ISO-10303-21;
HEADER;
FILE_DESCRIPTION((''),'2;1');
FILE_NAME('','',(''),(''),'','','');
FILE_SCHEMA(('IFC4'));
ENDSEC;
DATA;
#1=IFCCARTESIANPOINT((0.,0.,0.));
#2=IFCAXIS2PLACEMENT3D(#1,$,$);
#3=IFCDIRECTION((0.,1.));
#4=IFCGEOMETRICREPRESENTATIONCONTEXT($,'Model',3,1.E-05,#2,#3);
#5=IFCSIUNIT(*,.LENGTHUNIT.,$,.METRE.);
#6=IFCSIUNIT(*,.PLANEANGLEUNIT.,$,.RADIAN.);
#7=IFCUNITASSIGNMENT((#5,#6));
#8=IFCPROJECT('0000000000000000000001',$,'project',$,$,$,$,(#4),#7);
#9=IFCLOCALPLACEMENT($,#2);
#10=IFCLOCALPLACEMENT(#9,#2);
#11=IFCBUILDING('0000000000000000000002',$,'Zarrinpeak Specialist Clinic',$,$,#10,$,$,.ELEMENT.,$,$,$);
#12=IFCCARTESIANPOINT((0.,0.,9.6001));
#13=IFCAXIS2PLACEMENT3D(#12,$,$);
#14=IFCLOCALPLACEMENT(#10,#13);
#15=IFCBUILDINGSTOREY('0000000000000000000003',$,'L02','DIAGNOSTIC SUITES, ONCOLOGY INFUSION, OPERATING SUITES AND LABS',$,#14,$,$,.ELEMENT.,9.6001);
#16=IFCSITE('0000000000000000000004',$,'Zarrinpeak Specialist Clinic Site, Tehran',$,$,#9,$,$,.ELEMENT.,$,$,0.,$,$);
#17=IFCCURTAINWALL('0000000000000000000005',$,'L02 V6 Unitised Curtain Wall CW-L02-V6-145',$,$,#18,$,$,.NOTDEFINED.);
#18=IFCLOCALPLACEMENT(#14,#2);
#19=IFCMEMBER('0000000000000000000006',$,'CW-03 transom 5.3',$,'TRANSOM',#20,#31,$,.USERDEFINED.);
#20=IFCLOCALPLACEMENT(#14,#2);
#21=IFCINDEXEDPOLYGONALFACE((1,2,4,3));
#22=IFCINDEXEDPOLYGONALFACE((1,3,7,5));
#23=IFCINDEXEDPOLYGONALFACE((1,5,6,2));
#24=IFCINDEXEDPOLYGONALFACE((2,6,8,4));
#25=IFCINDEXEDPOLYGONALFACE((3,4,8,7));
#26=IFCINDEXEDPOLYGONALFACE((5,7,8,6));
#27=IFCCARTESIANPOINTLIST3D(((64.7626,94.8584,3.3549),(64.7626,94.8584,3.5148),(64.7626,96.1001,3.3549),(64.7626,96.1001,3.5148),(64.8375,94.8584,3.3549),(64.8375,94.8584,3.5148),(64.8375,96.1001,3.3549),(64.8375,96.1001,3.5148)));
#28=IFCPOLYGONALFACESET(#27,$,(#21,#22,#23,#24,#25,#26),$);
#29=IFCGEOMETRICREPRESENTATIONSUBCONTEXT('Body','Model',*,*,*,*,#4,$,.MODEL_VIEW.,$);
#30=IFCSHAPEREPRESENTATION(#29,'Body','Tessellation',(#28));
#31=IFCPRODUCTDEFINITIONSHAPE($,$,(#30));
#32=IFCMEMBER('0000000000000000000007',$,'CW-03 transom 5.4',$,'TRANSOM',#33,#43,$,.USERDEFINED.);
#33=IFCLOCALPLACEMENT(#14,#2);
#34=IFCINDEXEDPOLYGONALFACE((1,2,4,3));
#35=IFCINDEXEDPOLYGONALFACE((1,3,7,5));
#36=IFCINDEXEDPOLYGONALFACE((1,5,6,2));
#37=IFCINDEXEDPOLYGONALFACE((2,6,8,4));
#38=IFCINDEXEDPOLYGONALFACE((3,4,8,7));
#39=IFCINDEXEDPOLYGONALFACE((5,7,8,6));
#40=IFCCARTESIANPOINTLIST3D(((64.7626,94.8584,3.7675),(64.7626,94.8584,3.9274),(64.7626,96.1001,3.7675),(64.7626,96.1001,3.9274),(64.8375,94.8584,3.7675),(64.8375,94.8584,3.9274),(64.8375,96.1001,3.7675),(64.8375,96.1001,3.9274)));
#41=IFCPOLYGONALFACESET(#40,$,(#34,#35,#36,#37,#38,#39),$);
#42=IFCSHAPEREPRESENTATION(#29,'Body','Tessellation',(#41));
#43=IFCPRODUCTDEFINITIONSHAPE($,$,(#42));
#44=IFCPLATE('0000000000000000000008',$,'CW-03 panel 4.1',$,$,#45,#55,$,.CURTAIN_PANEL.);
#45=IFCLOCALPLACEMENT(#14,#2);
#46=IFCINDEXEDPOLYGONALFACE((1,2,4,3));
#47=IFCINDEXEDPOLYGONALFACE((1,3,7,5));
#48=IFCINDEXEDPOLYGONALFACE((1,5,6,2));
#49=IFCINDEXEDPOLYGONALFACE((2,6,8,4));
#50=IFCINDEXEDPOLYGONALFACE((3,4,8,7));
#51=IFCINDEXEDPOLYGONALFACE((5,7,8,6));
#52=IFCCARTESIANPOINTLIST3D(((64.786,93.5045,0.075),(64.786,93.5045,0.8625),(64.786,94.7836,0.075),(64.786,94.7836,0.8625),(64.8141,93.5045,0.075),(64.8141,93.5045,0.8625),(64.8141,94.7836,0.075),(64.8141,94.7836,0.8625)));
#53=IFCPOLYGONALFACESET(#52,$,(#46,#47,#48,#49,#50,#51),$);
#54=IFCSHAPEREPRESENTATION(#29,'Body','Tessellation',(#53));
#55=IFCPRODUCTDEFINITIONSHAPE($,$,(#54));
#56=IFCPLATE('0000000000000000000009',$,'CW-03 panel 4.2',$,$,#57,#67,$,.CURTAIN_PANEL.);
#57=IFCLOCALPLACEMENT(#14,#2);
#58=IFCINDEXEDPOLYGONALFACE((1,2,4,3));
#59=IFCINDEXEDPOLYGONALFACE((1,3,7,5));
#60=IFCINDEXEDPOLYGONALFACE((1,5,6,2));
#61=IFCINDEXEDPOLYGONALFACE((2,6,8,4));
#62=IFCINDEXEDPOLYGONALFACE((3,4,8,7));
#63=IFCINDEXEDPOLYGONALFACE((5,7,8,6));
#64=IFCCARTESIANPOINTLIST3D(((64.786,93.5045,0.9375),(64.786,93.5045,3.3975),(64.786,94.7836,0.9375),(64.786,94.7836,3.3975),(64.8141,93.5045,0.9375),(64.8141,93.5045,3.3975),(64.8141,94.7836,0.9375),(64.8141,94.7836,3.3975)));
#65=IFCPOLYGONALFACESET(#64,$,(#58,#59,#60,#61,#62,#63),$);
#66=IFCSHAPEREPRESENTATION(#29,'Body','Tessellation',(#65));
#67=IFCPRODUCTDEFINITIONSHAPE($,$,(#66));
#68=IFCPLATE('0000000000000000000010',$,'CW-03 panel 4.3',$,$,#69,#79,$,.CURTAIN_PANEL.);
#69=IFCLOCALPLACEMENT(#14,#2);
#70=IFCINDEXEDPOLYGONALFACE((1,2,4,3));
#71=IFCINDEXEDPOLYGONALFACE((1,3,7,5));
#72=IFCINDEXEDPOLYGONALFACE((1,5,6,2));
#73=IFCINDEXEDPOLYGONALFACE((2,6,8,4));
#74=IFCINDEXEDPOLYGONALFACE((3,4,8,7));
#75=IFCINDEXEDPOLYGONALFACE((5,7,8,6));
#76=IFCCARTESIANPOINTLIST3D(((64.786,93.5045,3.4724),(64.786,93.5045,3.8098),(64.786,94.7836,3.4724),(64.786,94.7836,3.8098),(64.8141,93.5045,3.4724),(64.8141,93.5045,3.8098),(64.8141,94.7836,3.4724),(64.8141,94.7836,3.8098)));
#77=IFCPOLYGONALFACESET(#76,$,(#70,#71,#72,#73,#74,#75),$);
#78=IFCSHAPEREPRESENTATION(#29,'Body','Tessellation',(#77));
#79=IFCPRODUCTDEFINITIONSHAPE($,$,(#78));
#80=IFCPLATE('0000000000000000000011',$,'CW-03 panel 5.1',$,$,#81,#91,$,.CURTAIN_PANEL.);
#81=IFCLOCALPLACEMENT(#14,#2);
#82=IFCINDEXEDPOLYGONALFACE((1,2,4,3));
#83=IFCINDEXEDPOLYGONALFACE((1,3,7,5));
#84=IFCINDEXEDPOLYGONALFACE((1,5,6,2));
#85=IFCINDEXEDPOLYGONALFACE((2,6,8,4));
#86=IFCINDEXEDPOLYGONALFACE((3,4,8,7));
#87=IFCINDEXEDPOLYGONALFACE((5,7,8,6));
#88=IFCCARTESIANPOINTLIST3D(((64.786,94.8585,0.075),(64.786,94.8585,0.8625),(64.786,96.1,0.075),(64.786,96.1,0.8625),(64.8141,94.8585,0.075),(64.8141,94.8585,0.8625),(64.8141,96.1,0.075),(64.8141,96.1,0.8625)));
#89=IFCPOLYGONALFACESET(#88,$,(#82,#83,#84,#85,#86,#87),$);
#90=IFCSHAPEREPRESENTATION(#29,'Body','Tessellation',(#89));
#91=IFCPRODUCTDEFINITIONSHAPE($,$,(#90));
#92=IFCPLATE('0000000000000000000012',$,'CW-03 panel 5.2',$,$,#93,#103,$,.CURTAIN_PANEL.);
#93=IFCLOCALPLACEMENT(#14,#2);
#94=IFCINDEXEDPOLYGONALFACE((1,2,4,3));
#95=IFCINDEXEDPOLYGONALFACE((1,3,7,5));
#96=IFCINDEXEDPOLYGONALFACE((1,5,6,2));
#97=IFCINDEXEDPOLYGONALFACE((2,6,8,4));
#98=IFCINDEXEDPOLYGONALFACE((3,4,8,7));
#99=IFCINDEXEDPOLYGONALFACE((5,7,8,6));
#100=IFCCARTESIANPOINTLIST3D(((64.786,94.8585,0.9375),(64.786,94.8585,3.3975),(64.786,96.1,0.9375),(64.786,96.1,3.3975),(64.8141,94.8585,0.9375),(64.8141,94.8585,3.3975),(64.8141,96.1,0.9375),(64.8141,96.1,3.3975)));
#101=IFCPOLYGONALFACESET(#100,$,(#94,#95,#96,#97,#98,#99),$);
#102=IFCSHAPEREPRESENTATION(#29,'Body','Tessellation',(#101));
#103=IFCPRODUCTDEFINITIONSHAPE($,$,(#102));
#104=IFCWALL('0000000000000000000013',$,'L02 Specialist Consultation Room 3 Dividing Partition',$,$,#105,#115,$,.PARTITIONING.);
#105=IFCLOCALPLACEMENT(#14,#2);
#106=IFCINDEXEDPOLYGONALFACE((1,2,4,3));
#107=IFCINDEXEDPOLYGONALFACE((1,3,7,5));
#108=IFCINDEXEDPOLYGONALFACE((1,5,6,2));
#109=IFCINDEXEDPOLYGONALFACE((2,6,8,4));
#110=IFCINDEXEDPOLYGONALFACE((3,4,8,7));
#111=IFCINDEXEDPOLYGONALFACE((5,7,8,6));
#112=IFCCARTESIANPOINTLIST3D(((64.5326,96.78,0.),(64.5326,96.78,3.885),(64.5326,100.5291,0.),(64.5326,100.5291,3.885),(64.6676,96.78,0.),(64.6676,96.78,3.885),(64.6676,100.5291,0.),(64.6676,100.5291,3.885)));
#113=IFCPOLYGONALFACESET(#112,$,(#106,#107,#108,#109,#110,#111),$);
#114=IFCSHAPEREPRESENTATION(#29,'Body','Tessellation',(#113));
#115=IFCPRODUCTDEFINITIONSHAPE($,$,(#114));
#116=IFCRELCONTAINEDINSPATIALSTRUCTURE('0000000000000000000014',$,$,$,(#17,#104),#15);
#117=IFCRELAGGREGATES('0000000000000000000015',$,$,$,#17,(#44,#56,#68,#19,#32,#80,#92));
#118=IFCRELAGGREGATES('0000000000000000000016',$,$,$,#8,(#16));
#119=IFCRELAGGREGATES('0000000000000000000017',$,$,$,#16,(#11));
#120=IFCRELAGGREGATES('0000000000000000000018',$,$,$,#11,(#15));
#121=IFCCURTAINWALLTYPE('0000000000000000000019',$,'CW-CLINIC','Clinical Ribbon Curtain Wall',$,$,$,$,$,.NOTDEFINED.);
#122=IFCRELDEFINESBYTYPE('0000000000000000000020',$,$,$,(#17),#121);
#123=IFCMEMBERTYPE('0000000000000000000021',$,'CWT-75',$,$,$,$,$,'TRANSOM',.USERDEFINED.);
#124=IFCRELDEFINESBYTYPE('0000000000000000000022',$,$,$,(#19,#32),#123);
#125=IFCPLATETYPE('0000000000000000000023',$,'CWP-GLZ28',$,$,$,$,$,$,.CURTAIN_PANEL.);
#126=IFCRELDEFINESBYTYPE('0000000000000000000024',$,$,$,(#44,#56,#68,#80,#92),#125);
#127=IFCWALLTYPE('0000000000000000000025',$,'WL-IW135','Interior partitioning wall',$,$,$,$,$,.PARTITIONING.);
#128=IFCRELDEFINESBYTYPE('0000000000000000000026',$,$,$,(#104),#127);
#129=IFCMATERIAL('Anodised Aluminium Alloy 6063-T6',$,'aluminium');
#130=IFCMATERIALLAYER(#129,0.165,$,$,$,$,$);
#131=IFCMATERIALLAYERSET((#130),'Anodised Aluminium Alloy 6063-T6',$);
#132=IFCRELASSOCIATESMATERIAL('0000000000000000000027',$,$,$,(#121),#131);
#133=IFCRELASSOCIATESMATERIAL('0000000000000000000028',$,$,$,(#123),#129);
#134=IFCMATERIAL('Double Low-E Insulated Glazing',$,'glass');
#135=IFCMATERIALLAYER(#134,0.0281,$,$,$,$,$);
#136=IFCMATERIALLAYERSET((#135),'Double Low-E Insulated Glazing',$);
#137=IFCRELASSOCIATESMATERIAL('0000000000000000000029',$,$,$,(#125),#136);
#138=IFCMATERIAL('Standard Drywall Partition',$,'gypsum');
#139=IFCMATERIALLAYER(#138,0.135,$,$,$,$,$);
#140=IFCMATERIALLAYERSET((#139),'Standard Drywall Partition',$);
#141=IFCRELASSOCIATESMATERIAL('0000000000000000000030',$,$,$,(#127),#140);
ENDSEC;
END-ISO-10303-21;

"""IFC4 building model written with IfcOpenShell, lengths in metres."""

from ifc_helpers import new_model, si_unit, direction, frame, frame_2d, origin, origin_2d, place, context, subcontext, project, spatial, rectangle, extrude, material, layer, layer_set, material_profile, profile_set, type_object, element, aggregate, save


model = new_model("IFC4")

# Units and contexts
model_context = context("Model", 3, precision=1e-05, world=origin(), true_north=direction((0.0, 1.0)))
body_context = subcontext(model_context, "Body", "Model", "MODEL_VIEW")
ifc_project = project(units=[si_unit("LENGTHUNIT", "METRE"), si_unit("PLANEANGLEUNIT", "RADIAN")], contexts=[model_context])

# Site, building, storey
site_placement = place(None, origin())
site = spatial("IfcSite", under=ifc_project, at=site_placement, Name="Zarrinpeak Specialist Clinic Site, Tehran", CompositionType="ELEMENT", RefElevation=0.0)
building_placement = place(site_placement, origin())
building = spatial("IfcBuilding", under=site, at=building_placement, Name="Zarrinpeak Specialist Clinic", CompositionType="ELEMENT")
storey_placement = place(building_placement, frame((0.0, 0.0, 9.6001)))
storey = spatial("IfcBuildingStorey", under=building, at=storey_placement, Name="L02", Description="DIAGNOSTIC SUITES, ONCOLOGY INFUSION, OPERATING SUITES AND LABS", CompositionType="ELEMENT", Elevation=9.6001)

# Curtain wall, members, plates
ifc_material_1 = material(Name="Anodised Aluminium Alloy 6063-T6", Category="aluminium")
ifc_layer_1 = layer(ifc_material_1, 0.165)
ifc_layer_set_1 = layer_set([ifc_layer_1], Name="Anodised Aluminium Alloy 6063-T6")
curtain_wall_type = type_object("IfcCurtainWallType", Name="CW-CLINIC", Description="Clinical Ribbon Curtain Wall", PredefinedType="NOTDEFINED", material=ifc_layer_set_1)
curtain_wall_placement = place(storey_placement, origin())
curtain_wall = element("IfcCurtainWall", 1, at=curtain_wall_placement, inside=storey, type_object=curtain_wall_type, Name="L02 V6 Unitised Curtain Wall CW-L02-V6-145", PredefinedType="NOTDEFINED")
ifc_material_profile_1 = material_profile(ifc_material_1, rectangle(XDim=0.075, YDim=0.1599, at=origin_2d()), Name="ALU 75x160")
ifc_profile_set_1 = profile_set([ifc_material_profile_1], Name="Anodised Aluminium Alloy 6063-T6")
member_type_1 = type_object("IfcMemberType", Name="CWT-75", ElementType="TRANSOM", PredefinedType="USERDEFINED", material=ifc_profile_set_1)
member_1_placement = place(storey_placement, frame((64.8, 94.8584, 3.4348), z_axis=(0.0, 1.0, 0.0), x_axis=(-1.0, 0.0, 0.0)))
member_1 = element("IfcMember", 2, at=member_1_placement, type_object=member_type_1, Name="CW-03 transom 5.3", ObjectType="TRANSOM", PredefinedType="USERDEFINED", context=body_context, shape_type="SweptSolid", body=[
    extrude(rectangle(XDim=0.075, YDim=0.1599, at=origin_2d()), origin(), (0.0, 0.0, 1.0), 1.2417),
])
member_2_placement = place(storey_placement, frame((64.8, 94.8584, 3.8474), z_axis=(0.0, 1.0, 0.0), x_axis=(-1.0, 0.0, 0.0)))
member_2 = element("IfcMember", 3, at=member_2_placement, type_object=member_type_1, Name="CW-03 transom 5.4", ObjectType="TRANSOM", PredefinedType="USERDEFINED", context=body_context, shape_type="SweptSolid", body=[
    extrude(rectangle(XDim=0.075, YDim=0.1599, at=origin_2d()), origin(), (0.0, 0.0, 1.0), 1.2417),
])
ifc_material_2 = material(Name="Double Low-E Insulated Glazing", Category="glass")
ifc_layer_2 = layer(ifc_material_2, 0.0281)
ifc_layer_set_2 = layer_set([ifc_layer_2], Name="Double Low-E Insulated Glazing")
plate_type = type_object("IfcPlateType", Name="CWP-GLZ28", PredefinedType="CURTAIN_PANEL", material=ifc_layer_set_2)
plate_1_placement = place(storey_placement, frame((64.8, 94.144, 0.075), z_axis=(0.0, 0.0, 1.0), x_axis=(0.0, 1.0, 0.0)))
plate_1 = element("IfcPlate", 4, at=plate_1_placement, type_object=plate_type, Name="CW-03 panel 4.1", PredefinedType="CURTAIN_PANEL", context=body_context, shape_type="SweptSolid", body=[
    extrude(rectangle(XDim=1.2791, YDim=0.0281, at=origin_2d()), origin(), (0.0, 0.0, 1.0), 0.7876),
])
plate_2_placement = place(storey_placement, frame((64.8, 94.144, 0.9375), z_axis=(0.0, 0.0, 1.0), x_axis=(0.0, 1.0, 0.0)))
plate_2 = element("IfcPlate", 5, at=plate_2_placement, type_object=plate_type, Name="CW-03 panel 4.2", PredefinedType="CURTAIN_PANEL", context=body_context, shape_type="SweptSolid", body=[
    extrude(rectangle(XDim=1.2791, YDim=0.0281, at=origin_2d()), origin(), (0.0, 0.0, 1.0), 2.46),
])
plate_3_placement = place(storey_placement, frame((64.8, 94.144, 3.4724), z_axis=(0.0, 0.0, 1.0), x_axis=(0.0, 1.0, 0.0)))
plate_3 = element("IfcPlate", 6, at=plate_3_placement, type_object=plate_type, Name="CW-03 panel 4.3", PredefinedType="CURTAIN_PANEL", context=body_context, shape_type="SweptSolid", body=[
    extrude(rectangle(XDim=1.2791, YDim=0.0281, at=origin_2d()), origin(), (0.0, 0.0, 1.0), 0.3374),
])
plate_4_placement = place(storey_placement, frame((64.8, 95.4792, 0.075), z_axis=(0.0, 0.0, 1.0), x_axis=(0.0, 1.0, 0.0)))
plate_4 = element("IfcPlate", 7, at=plate_4_placement, type_object=plate_type, Name="CW-03 panel 5.1", PredefinedType="CURTAIN_PANEL", context=body_context, shape_type="SweptSolid", body=[
    extrude(rectangle(XDim=1.2415, YDim=0.0281, at=origin_2d()), origin(), (0.0, 0.0, 1.0), 0.7876),
])
plate_5_placement = place(storey_placement, frame((64.8, 95.4792, 0.9375), z_axis=(0.0, 0.0, 1.0), x_axis=(0.0, 1.0, 0.0)))
plate_5 = element("IfcPlate", 8, at=plate_5_placement, type_object=plate_type, Name="CW-03 panel 5.2", PredefinedType="CURTAIN_PANEL", context=body_context, shape_type="SweptSolid", body=[
    extrude(rectangle(XDim=1.2415, YDim=0.0281, at=origin_2d()), origin(), (0.0, 0.0, 1.0), 2.46),
])
aggregate(curtain_wall, [plate_1, plate_2, plate_3, member_1, member_2, plate_4, plate_5])

# Wall
ifc_material_3 = material(Name="Standard Drywall Partition", Category="gypsum")
ifc_layer_3 = layer(ifc_material_3, 0.135)
ifc_layer_set_3 = layer_set([ifc_layer_3], Name="Standard Drywall Partition")
wall_type = type_object("IfcWallType", Name="WL-IW135", Description="Interior partitioning wall", PredefinedType="PARTITIONING", material=ifc_layer_set_3)
wall_placement = place(storey_placement, frame((64.6001, 96.78, 0.0), z_axis=(0.0, 0.0, 1.0), x_axis=(0.0, 1.0, 0.0)))
element("IfcWall", 9, at=wall_placement, inside=storey, type_object=wall_type, Name="L02 Specialist Consultation Room 3 Dividing Partition", PredefinedType="PARTITIONING", context=body_context, shape_type="SweptSolid", body=[
    extrude(rectangle(XDim=3.749, YDim=0.135, at=frame_2d((1.8745, 0.0))), origin(), (0.0, 0.0, 1.0), 3.885),
])

save(model, "model.ifc")
